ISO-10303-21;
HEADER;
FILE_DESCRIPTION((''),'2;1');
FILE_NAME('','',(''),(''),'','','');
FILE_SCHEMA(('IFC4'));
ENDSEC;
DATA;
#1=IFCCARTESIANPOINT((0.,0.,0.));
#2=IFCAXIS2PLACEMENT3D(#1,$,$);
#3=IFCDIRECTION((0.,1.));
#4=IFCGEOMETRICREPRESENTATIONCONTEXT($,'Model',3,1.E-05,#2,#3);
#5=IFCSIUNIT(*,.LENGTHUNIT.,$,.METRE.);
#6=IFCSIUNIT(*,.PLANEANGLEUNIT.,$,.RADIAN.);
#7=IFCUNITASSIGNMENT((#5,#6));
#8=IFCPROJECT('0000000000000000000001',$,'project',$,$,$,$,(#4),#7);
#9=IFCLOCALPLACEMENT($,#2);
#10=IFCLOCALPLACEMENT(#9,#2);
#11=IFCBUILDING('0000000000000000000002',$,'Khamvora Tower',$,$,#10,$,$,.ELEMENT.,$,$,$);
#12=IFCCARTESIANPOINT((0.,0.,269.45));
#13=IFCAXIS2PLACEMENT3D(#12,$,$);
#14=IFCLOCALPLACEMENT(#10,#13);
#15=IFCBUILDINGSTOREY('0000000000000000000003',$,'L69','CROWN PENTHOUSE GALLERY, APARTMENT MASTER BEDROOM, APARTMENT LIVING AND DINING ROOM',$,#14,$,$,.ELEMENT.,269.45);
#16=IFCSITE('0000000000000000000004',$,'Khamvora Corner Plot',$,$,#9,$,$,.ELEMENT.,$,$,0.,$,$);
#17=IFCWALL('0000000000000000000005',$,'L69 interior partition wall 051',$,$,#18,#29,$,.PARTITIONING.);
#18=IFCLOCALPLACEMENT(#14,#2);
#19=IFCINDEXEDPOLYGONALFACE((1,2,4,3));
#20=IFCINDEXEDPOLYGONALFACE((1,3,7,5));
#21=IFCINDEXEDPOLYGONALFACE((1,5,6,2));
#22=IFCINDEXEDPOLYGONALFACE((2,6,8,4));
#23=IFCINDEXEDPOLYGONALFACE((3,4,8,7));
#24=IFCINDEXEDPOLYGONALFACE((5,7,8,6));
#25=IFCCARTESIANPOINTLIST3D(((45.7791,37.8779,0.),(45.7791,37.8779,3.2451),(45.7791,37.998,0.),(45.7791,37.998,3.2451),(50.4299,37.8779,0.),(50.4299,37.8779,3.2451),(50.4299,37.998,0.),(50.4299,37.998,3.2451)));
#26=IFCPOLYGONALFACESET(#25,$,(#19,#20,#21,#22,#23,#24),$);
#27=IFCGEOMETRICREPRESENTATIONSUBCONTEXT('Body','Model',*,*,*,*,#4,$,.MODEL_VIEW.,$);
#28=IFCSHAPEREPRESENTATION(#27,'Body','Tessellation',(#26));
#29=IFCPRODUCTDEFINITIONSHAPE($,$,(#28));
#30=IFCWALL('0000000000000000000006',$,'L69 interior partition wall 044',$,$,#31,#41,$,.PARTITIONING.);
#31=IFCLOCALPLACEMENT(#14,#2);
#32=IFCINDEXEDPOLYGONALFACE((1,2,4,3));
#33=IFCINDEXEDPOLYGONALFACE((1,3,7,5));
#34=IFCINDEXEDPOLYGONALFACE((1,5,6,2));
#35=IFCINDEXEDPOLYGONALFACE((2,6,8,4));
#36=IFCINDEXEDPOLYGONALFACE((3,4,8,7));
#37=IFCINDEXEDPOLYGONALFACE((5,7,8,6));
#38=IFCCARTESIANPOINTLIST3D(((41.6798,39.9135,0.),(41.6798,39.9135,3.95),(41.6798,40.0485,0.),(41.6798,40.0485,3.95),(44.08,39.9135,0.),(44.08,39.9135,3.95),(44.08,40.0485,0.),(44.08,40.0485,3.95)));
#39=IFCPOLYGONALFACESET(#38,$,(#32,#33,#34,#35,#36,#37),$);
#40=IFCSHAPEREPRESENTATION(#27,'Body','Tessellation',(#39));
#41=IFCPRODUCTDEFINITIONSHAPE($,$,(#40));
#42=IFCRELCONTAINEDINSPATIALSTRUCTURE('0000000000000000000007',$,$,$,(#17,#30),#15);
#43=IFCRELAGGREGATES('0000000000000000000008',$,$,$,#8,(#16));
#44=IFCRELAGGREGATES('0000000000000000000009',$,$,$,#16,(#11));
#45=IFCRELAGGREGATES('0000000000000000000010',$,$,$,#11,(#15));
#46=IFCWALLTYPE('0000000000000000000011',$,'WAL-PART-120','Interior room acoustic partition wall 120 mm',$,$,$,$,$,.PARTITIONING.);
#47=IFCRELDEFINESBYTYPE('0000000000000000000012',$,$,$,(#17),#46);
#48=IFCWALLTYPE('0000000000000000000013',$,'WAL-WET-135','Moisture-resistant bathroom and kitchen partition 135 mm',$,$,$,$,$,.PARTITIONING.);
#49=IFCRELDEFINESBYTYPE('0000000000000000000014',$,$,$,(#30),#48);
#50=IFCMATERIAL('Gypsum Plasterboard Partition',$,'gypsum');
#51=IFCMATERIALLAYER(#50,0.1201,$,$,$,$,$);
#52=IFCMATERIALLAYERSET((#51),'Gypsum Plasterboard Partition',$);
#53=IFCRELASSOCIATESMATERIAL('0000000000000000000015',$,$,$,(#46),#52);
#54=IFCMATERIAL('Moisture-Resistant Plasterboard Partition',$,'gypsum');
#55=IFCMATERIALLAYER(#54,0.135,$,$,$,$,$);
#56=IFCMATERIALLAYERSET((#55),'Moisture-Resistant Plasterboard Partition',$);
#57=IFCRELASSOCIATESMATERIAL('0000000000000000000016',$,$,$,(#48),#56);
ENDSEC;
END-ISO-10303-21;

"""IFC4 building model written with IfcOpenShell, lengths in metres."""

from ifc_helpers import new_model, si_unit, direction, frame, frame_2d, origin, place, context, subcontext, project, spatial, rectangle, extrude, material, layer, layer_set, type_object, element, save


model = new_model("IFC4")

# Units and contexts
model_context = context("Model", 3, precision=1e-05, world=origin(), true_north=direction((0.0, 1.0)))
body_context = subcontext(model_context, "Body", "Model", "MODEL_VIEW")
ifc_project = project(units=[si_unit("LENGTHUNIT", "METRE"), si_unit("PLANEANGLEUNIT", "RADIAN")], contexts=[model_context])

# Site, building, storey
site_placement = place(None, origin())
site = spatial("IfcSite", under=ifc_project, at=site_placement, Name="Khamvora Corner Plot", CompositionType="ELEMENT", RefElevation=0.0)
building_placement = place(site_placement, origin())
building = spatial("IfcBuilding", under=site, at=building_placement, Name="Khamvora Tower", CompositionType="ELEMENT")
storey_placement = place(building_placement, frame((0.0, 0.0, 269.45)))
storey = spatial("IfcBuildingStorey", under=building, at=storey_placement, Name="L69", Description="CROWN PENTHOUSE GALLERY, APARTMENT MASTER BEDROOM, APARTMENT LIVING AND DINING ROOM", CompositionType="ELEMENT", Elevation=269.45)

# Shared definitions
ifc_material_1 = material(Name="Gypsum Plasterboard Partition", Category="gypsum")
ifc_layer_1 = layer(ifc_material_1, 0.1201)
ifc_layer_set_1 = layer_set([ifc_layer_1], Name="Gypsum Plasterboard Partition")
wall_type_1 = type_object("IfcWallType", Name="WAL-PART-120", Description="Interior room acoustic partition wall 120 mm", PredefinedType="PARTITIONING", material=ifc_layer_set_1)

# Walls
wall_1_placement = place(storey_placement, frame((45.7791, 37.938, 0.0), z_axis=(0.0, 0.0, 1.0), x_axis=(1.0, 0.0, 0.0)))
element("IfcWall", 1, at=wall_1_placement, inside=storey, type_object=wall_type_1, Name="L69 interior partition wall 051", PredefinedType="PARTITIONING", context=body_context, shape_type="SweptSolid", body=[
    extrude(rectangle(XDim=4.6509, YDim=0.1201, at=frame_2d((2.3254, 0.0))), origin(), (0.0, 0.0, 1.0), 3.2451),
])
ifc_material_2 = material(Name="Moisture-Resistant Plasterboard Partition", Category="gypsum")
ifc_layer_2 = layer(ifc_material_2, 0.135)
ifc_layer_set_2 = layer_set([ifc_layer_2], Name="Moisture-Resistant Plasterboard Partition")
wall_type_2 = type_object("IfcWallType", Name="WAL-WET-135", Description="Moisture-resistant bathroom and kitchen partition 135 mm", PredefinedType="PARTITIONING", material=ifc_layer_set_2)
wall_2_placement = place(storey_placement, frame((44.0801, 39.981, 0.0), z_axis=(0.0, 0.0, 1.0), x_axis=(-1.0, 0.0, 0.0)))
element("IfcWall", 2, at=wall_2_placement, inside=storey, type_object=wall_type_2, Name="L69 interior partition wall 044", PredefinedType="PARTITIONING", context=body_context, shape_type="SweptSolid", body=[
    extrude(rectangle(XDim=2.4001, YDim=0.135, at=frame_2d((1.2002, 0.0))), origin(), (0.0, 0.0, 1.0), 3.95),
])

save(model, "model.ifc")
